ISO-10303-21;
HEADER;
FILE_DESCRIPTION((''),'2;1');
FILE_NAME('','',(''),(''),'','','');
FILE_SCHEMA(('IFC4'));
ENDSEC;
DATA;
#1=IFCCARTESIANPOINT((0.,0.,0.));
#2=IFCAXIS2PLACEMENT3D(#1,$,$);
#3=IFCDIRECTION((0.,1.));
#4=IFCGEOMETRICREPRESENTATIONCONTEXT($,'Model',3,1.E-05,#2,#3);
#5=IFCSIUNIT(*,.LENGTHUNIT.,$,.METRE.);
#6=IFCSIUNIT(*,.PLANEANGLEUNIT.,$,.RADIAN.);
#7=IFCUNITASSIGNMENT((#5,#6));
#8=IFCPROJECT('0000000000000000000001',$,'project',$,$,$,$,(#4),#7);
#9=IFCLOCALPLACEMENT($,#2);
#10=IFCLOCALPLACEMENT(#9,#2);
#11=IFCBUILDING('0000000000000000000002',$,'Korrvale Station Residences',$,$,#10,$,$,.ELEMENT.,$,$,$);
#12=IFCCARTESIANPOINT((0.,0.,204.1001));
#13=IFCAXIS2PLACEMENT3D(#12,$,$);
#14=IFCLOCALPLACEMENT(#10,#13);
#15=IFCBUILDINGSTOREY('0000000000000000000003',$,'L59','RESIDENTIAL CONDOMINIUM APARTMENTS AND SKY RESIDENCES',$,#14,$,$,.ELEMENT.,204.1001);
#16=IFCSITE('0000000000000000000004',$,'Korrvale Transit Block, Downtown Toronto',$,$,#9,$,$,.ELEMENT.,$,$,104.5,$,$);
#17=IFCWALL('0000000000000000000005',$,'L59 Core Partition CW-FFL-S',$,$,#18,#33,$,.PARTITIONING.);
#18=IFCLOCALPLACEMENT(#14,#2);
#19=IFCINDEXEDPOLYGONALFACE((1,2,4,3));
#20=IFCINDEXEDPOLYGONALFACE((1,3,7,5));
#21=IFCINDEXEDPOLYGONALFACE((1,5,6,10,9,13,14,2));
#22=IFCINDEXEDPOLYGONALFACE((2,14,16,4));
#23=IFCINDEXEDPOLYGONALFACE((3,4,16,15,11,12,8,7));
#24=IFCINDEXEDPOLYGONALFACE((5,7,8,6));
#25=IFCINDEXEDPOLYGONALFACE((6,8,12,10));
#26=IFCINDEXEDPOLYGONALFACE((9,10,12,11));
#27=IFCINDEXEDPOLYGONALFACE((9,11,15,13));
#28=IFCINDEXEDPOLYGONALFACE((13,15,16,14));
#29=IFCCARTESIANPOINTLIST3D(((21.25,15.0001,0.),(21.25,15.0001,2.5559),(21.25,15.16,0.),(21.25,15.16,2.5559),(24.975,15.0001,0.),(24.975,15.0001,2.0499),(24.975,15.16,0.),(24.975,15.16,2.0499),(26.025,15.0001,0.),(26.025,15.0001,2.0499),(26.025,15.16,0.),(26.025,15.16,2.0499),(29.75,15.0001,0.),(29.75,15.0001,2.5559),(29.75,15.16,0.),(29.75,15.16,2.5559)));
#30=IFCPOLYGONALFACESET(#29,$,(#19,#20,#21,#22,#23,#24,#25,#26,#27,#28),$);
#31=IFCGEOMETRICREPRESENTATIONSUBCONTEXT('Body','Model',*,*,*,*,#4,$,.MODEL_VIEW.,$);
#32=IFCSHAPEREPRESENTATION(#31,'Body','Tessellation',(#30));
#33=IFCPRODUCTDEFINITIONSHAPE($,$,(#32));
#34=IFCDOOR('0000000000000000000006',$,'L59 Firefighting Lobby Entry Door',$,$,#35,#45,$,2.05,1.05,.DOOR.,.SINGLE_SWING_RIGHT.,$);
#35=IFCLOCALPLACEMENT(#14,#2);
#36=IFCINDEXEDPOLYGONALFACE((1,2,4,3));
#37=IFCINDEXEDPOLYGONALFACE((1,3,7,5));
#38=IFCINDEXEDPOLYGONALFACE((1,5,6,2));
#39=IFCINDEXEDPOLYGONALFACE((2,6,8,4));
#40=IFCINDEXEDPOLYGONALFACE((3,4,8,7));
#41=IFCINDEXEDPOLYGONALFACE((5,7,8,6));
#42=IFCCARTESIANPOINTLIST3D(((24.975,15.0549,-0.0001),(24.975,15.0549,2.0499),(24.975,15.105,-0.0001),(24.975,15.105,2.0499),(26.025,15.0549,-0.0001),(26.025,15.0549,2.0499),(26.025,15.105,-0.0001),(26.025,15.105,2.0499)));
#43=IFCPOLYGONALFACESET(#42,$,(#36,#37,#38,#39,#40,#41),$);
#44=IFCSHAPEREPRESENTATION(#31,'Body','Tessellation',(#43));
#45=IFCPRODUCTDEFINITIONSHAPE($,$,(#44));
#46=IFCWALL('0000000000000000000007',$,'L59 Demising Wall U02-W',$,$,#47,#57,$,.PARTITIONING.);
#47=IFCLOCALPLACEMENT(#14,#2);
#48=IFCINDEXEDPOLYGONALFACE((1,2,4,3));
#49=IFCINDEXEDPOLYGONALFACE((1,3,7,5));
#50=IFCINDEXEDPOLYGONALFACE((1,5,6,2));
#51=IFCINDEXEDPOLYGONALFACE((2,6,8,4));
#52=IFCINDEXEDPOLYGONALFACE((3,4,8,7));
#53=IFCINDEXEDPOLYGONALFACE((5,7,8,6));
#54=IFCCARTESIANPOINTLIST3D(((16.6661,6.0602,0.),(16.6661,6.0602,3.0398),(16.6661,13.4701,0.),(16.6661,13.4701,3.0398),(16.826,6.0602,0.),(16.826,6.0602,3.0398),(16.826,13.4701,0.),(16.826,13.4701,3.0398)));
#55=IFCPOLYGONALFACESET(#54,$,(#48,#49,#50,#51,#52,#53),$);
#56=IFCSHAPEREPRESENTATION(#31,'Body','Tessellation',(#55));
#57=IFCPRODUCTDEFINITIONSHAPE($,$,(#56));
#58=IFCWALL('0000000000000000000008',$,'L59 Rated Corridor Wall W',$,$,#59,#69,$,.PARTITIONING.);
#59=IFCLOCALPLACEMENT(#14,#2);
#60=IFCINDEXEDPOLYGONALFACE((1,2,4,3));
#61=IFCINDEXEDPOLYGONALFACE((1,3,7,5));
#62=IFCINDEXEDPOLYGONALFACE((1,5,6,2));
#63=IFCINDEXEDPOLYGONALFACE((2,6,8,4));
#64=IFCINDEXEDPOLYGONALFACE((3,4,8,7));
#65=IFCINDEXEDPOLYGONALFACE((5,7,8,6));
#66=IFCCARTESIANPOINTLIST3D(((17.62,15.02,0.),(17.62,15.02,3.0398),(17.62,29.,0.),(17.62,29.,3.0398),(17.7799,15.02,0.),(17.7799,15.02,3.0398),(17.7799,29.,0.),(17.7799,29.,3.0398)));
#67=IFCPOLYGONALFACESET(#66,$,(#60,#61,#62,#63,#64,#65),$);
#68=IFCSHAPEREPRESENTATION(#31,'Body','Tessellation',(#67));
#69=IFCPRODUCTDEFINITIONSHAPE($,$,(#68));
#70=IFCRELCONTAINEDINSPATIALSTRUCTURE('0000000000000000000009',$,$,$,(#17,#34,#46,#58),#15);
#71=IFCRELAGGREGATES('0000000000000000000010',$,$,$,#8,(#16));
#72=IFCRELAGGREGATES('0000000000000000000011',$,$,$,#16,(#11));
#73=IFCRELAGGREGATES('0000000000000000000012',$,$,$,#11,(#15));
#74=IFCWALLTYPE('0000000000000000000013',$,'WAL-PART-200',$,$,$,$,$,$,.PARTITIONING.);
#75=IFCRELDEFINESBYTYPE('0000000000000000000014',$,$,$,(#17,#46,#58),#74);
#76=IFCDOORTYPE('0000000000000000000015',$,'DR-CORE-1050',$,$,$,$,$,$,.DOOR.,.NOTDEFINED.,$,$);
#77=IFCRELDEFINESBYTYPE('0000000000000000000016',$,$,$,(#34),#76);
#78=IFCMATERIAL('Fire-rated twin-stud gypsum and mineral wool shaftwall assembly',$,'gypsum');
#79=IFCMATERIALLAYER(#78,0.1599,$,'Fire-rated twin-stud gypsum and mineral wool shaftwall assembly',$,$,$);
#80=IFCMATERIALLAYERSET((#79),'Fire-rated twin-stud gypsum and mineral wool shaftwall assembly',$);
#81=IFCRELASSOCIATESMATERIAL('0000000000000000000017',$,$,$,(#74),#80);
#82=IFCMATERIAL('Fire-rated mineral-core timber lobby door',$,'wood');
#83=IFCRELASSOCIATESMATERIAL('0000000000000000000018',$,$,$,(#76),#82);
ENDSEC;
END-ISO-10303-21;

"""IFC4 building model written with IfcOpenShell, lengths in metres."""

from ifc_helpers import new_model, si_unit, direction, frame, frame_2d, origin, place, context, subcontext, project, spatial, rectangle, extrude, material, layer, layer_set, type_object, element, fill, save


model = new_model("IFC4")

# Units and contexts
model_context = context("Model", 3, precision=1e-05, world=origin(), true_north=direction((0.0, 1.0)))
body_context = subcontext(model_context, "Body", "Model", "MODEL_VIEW")
ifc_project = project(units=[si_unit("LENGTHUNIT", "METRE"), si_unit("PLANEANGLEUNIT", "RADIAN")], contexts=[model_context])

# Site, building, storey
site_placement = place(None, origin())
site = spatial("IfcSite", under=ifc_project, at=site_placement, Name="Korrvale Transit Block, Downtown Toronto", CompositionType="ELEMENT", RefElevation=104.5)
building_placement = place(site_placement, origin())
building = spatial("IfcBuilding", under=site, at=building_placement, Name="Korrvale Station Residences", CompositionType="ELEMENT")
storey_placement = place(building_placement, frame((0.0, 0.0, 204.1001)))
storey = spatial("IfcBuildingStorey", under=building, at=storey_placement, Name="L59", Description="RESIDENTIAL CONDOMINIUM APARTMENTS AND SKY RESIDENCES", CompositionType="ELEMENT", Elevation=204.1001)

# Wall, opening, door
ifc_material_1 = material(Name="Fire-rated twin-stud gypsum and mineral wool shaftwall assembly", Category="gypsum")
ifc_layer_1 = layer(ifc_material_1, 0.1599, Name="Fire-rated twin-stud gypsum and mineral wool shaftwall assembly")
ifc_layer_set_1 = layer_set([ifc_layer_1], Name="Fire-rated twin-stud gypsum and mineral wool shaftwall assembly")
wall_type_1 = type_object("IfcWallType", Name="WAL-PART-200", PredefinedType="PARTITIONING", material=ifc_layer_set_1)
wall_1_placement = place(storey_placement, frame((21.25, 15.0801, 0.0), z_axis=(0.0, 0.0, 1.0), x_axis=(1.0, 0.0, 0.0)))
wall_1 = element("IfcWall", 1, at=wall_1_placement, inside=storey, type_object=wall_type_1, Name="L59 Core Partition CW-FFL-S", PredefinedType="PARTITIONING", context=body_context, shape_type="SweptSolid", body=[
    extrude(rectangle(XDim=8.5, YDim=0.1599, at=frame_2d((4.25, 0.0))), origin(), (0.0, 0.0, 1.0), 2.5559),
])
opening_1_placement = place(wall_1_placement, frame((3.7251, 0.0, 0.0)))
opening_1 = element("IfcOpeningElement", 2, at=opening_1_placement, cuts=wall_1, PredefinedType="OPENING", context=body_context, shape_type="SweptSolid", body=[
    extrude(rectangle(XDim=1.05, YDim=2.05, at=frame_2d((0.5249, 1.0249))), frame((0.0, 0.0898, 0.0), z_axis=(0.0, -1.0, 0.0), x_axis=(1.0, 0.0, 0.0)), (0.0, 0.0, 1.0), 0.1799),
])
ifc_material_2 = material(Name="Fire-rated mineral-core timber lobby door", Category="wood")
door_type_1 = type_object("IfcDoorType", Name="DR-CORE-1050", OperationType="NOTDEFINED", PredefinedType="DOOR", material=ifc_material_2)
door_1_placement = place(opening_1_placement, origin())
door_1 = element("IfcDoor", 3, at=door_1_placement, inside=storey, type_object=door_type_1, Name="L59 Firefighting Lobby Entry Door", OperationType="SINGLE_SWING_RIGHT", OverallHeight=2.05, OverallWidth=1.05, PredefinedType="DOOR", context=body_context, shape_type="SweptSolid", body=[
    extrude(rectangle(XDim=1.05, YDim=2.05, at=frame_2d((0.5249, 1.0249))), frame((0.0, 0.0249, 0.0), z_axis=(0.0, -1.0, 0.0), x_axis=(1.0, 0.0, 0.0)), (0.0, 0.0, 1.0), 0.05),
])
fill(opening_1, door_1)

# Walls
wall_2_placement = place(storey_placement, frame((16.7461, 6.0601, 0.0), z_axis=(0.0, 0.0, 1.0), x_axis=(0.0, 1.0, 0.0)))
element("IfcWall", 4, at=wall_2_placement, inside=storey, type_object=wall_type_1, Name="L59 Demising Wall U02-W", PredefinedType="PARTITIONING", context=body_context, shape_type="SweptSolid", body=[
    extrude(rectangle(XDim=7.4099, YDim=0.1599, at=frame_2d((3.7051, 0.0))), origin(), (0.0, 0.0, 1.0), 3.0398),
])
wall_3_placement = place(storey_placement, frame((17.7, 15.02, 0.0), z_axis=(0.0, 0.0, 1.0), x_axis=(0.0, 1.0, 0.0)))
element("IfcWall", 5, at=wall_3_placement, inside=storey, type_object=wall_type_1, Name="L59 Rated Corridor Wall W", PredefinedType="PARTITIONING", context=body_context, shape_type="SweptSolid", body=[
    extrude(rectangle(XDim=13.98, YDim=0.1599, at=frame_2d((6.99, 0.0))), origin(), (0.0, 0.0, 1.0), 3.0398),
])

save(model, "model.ifc")
